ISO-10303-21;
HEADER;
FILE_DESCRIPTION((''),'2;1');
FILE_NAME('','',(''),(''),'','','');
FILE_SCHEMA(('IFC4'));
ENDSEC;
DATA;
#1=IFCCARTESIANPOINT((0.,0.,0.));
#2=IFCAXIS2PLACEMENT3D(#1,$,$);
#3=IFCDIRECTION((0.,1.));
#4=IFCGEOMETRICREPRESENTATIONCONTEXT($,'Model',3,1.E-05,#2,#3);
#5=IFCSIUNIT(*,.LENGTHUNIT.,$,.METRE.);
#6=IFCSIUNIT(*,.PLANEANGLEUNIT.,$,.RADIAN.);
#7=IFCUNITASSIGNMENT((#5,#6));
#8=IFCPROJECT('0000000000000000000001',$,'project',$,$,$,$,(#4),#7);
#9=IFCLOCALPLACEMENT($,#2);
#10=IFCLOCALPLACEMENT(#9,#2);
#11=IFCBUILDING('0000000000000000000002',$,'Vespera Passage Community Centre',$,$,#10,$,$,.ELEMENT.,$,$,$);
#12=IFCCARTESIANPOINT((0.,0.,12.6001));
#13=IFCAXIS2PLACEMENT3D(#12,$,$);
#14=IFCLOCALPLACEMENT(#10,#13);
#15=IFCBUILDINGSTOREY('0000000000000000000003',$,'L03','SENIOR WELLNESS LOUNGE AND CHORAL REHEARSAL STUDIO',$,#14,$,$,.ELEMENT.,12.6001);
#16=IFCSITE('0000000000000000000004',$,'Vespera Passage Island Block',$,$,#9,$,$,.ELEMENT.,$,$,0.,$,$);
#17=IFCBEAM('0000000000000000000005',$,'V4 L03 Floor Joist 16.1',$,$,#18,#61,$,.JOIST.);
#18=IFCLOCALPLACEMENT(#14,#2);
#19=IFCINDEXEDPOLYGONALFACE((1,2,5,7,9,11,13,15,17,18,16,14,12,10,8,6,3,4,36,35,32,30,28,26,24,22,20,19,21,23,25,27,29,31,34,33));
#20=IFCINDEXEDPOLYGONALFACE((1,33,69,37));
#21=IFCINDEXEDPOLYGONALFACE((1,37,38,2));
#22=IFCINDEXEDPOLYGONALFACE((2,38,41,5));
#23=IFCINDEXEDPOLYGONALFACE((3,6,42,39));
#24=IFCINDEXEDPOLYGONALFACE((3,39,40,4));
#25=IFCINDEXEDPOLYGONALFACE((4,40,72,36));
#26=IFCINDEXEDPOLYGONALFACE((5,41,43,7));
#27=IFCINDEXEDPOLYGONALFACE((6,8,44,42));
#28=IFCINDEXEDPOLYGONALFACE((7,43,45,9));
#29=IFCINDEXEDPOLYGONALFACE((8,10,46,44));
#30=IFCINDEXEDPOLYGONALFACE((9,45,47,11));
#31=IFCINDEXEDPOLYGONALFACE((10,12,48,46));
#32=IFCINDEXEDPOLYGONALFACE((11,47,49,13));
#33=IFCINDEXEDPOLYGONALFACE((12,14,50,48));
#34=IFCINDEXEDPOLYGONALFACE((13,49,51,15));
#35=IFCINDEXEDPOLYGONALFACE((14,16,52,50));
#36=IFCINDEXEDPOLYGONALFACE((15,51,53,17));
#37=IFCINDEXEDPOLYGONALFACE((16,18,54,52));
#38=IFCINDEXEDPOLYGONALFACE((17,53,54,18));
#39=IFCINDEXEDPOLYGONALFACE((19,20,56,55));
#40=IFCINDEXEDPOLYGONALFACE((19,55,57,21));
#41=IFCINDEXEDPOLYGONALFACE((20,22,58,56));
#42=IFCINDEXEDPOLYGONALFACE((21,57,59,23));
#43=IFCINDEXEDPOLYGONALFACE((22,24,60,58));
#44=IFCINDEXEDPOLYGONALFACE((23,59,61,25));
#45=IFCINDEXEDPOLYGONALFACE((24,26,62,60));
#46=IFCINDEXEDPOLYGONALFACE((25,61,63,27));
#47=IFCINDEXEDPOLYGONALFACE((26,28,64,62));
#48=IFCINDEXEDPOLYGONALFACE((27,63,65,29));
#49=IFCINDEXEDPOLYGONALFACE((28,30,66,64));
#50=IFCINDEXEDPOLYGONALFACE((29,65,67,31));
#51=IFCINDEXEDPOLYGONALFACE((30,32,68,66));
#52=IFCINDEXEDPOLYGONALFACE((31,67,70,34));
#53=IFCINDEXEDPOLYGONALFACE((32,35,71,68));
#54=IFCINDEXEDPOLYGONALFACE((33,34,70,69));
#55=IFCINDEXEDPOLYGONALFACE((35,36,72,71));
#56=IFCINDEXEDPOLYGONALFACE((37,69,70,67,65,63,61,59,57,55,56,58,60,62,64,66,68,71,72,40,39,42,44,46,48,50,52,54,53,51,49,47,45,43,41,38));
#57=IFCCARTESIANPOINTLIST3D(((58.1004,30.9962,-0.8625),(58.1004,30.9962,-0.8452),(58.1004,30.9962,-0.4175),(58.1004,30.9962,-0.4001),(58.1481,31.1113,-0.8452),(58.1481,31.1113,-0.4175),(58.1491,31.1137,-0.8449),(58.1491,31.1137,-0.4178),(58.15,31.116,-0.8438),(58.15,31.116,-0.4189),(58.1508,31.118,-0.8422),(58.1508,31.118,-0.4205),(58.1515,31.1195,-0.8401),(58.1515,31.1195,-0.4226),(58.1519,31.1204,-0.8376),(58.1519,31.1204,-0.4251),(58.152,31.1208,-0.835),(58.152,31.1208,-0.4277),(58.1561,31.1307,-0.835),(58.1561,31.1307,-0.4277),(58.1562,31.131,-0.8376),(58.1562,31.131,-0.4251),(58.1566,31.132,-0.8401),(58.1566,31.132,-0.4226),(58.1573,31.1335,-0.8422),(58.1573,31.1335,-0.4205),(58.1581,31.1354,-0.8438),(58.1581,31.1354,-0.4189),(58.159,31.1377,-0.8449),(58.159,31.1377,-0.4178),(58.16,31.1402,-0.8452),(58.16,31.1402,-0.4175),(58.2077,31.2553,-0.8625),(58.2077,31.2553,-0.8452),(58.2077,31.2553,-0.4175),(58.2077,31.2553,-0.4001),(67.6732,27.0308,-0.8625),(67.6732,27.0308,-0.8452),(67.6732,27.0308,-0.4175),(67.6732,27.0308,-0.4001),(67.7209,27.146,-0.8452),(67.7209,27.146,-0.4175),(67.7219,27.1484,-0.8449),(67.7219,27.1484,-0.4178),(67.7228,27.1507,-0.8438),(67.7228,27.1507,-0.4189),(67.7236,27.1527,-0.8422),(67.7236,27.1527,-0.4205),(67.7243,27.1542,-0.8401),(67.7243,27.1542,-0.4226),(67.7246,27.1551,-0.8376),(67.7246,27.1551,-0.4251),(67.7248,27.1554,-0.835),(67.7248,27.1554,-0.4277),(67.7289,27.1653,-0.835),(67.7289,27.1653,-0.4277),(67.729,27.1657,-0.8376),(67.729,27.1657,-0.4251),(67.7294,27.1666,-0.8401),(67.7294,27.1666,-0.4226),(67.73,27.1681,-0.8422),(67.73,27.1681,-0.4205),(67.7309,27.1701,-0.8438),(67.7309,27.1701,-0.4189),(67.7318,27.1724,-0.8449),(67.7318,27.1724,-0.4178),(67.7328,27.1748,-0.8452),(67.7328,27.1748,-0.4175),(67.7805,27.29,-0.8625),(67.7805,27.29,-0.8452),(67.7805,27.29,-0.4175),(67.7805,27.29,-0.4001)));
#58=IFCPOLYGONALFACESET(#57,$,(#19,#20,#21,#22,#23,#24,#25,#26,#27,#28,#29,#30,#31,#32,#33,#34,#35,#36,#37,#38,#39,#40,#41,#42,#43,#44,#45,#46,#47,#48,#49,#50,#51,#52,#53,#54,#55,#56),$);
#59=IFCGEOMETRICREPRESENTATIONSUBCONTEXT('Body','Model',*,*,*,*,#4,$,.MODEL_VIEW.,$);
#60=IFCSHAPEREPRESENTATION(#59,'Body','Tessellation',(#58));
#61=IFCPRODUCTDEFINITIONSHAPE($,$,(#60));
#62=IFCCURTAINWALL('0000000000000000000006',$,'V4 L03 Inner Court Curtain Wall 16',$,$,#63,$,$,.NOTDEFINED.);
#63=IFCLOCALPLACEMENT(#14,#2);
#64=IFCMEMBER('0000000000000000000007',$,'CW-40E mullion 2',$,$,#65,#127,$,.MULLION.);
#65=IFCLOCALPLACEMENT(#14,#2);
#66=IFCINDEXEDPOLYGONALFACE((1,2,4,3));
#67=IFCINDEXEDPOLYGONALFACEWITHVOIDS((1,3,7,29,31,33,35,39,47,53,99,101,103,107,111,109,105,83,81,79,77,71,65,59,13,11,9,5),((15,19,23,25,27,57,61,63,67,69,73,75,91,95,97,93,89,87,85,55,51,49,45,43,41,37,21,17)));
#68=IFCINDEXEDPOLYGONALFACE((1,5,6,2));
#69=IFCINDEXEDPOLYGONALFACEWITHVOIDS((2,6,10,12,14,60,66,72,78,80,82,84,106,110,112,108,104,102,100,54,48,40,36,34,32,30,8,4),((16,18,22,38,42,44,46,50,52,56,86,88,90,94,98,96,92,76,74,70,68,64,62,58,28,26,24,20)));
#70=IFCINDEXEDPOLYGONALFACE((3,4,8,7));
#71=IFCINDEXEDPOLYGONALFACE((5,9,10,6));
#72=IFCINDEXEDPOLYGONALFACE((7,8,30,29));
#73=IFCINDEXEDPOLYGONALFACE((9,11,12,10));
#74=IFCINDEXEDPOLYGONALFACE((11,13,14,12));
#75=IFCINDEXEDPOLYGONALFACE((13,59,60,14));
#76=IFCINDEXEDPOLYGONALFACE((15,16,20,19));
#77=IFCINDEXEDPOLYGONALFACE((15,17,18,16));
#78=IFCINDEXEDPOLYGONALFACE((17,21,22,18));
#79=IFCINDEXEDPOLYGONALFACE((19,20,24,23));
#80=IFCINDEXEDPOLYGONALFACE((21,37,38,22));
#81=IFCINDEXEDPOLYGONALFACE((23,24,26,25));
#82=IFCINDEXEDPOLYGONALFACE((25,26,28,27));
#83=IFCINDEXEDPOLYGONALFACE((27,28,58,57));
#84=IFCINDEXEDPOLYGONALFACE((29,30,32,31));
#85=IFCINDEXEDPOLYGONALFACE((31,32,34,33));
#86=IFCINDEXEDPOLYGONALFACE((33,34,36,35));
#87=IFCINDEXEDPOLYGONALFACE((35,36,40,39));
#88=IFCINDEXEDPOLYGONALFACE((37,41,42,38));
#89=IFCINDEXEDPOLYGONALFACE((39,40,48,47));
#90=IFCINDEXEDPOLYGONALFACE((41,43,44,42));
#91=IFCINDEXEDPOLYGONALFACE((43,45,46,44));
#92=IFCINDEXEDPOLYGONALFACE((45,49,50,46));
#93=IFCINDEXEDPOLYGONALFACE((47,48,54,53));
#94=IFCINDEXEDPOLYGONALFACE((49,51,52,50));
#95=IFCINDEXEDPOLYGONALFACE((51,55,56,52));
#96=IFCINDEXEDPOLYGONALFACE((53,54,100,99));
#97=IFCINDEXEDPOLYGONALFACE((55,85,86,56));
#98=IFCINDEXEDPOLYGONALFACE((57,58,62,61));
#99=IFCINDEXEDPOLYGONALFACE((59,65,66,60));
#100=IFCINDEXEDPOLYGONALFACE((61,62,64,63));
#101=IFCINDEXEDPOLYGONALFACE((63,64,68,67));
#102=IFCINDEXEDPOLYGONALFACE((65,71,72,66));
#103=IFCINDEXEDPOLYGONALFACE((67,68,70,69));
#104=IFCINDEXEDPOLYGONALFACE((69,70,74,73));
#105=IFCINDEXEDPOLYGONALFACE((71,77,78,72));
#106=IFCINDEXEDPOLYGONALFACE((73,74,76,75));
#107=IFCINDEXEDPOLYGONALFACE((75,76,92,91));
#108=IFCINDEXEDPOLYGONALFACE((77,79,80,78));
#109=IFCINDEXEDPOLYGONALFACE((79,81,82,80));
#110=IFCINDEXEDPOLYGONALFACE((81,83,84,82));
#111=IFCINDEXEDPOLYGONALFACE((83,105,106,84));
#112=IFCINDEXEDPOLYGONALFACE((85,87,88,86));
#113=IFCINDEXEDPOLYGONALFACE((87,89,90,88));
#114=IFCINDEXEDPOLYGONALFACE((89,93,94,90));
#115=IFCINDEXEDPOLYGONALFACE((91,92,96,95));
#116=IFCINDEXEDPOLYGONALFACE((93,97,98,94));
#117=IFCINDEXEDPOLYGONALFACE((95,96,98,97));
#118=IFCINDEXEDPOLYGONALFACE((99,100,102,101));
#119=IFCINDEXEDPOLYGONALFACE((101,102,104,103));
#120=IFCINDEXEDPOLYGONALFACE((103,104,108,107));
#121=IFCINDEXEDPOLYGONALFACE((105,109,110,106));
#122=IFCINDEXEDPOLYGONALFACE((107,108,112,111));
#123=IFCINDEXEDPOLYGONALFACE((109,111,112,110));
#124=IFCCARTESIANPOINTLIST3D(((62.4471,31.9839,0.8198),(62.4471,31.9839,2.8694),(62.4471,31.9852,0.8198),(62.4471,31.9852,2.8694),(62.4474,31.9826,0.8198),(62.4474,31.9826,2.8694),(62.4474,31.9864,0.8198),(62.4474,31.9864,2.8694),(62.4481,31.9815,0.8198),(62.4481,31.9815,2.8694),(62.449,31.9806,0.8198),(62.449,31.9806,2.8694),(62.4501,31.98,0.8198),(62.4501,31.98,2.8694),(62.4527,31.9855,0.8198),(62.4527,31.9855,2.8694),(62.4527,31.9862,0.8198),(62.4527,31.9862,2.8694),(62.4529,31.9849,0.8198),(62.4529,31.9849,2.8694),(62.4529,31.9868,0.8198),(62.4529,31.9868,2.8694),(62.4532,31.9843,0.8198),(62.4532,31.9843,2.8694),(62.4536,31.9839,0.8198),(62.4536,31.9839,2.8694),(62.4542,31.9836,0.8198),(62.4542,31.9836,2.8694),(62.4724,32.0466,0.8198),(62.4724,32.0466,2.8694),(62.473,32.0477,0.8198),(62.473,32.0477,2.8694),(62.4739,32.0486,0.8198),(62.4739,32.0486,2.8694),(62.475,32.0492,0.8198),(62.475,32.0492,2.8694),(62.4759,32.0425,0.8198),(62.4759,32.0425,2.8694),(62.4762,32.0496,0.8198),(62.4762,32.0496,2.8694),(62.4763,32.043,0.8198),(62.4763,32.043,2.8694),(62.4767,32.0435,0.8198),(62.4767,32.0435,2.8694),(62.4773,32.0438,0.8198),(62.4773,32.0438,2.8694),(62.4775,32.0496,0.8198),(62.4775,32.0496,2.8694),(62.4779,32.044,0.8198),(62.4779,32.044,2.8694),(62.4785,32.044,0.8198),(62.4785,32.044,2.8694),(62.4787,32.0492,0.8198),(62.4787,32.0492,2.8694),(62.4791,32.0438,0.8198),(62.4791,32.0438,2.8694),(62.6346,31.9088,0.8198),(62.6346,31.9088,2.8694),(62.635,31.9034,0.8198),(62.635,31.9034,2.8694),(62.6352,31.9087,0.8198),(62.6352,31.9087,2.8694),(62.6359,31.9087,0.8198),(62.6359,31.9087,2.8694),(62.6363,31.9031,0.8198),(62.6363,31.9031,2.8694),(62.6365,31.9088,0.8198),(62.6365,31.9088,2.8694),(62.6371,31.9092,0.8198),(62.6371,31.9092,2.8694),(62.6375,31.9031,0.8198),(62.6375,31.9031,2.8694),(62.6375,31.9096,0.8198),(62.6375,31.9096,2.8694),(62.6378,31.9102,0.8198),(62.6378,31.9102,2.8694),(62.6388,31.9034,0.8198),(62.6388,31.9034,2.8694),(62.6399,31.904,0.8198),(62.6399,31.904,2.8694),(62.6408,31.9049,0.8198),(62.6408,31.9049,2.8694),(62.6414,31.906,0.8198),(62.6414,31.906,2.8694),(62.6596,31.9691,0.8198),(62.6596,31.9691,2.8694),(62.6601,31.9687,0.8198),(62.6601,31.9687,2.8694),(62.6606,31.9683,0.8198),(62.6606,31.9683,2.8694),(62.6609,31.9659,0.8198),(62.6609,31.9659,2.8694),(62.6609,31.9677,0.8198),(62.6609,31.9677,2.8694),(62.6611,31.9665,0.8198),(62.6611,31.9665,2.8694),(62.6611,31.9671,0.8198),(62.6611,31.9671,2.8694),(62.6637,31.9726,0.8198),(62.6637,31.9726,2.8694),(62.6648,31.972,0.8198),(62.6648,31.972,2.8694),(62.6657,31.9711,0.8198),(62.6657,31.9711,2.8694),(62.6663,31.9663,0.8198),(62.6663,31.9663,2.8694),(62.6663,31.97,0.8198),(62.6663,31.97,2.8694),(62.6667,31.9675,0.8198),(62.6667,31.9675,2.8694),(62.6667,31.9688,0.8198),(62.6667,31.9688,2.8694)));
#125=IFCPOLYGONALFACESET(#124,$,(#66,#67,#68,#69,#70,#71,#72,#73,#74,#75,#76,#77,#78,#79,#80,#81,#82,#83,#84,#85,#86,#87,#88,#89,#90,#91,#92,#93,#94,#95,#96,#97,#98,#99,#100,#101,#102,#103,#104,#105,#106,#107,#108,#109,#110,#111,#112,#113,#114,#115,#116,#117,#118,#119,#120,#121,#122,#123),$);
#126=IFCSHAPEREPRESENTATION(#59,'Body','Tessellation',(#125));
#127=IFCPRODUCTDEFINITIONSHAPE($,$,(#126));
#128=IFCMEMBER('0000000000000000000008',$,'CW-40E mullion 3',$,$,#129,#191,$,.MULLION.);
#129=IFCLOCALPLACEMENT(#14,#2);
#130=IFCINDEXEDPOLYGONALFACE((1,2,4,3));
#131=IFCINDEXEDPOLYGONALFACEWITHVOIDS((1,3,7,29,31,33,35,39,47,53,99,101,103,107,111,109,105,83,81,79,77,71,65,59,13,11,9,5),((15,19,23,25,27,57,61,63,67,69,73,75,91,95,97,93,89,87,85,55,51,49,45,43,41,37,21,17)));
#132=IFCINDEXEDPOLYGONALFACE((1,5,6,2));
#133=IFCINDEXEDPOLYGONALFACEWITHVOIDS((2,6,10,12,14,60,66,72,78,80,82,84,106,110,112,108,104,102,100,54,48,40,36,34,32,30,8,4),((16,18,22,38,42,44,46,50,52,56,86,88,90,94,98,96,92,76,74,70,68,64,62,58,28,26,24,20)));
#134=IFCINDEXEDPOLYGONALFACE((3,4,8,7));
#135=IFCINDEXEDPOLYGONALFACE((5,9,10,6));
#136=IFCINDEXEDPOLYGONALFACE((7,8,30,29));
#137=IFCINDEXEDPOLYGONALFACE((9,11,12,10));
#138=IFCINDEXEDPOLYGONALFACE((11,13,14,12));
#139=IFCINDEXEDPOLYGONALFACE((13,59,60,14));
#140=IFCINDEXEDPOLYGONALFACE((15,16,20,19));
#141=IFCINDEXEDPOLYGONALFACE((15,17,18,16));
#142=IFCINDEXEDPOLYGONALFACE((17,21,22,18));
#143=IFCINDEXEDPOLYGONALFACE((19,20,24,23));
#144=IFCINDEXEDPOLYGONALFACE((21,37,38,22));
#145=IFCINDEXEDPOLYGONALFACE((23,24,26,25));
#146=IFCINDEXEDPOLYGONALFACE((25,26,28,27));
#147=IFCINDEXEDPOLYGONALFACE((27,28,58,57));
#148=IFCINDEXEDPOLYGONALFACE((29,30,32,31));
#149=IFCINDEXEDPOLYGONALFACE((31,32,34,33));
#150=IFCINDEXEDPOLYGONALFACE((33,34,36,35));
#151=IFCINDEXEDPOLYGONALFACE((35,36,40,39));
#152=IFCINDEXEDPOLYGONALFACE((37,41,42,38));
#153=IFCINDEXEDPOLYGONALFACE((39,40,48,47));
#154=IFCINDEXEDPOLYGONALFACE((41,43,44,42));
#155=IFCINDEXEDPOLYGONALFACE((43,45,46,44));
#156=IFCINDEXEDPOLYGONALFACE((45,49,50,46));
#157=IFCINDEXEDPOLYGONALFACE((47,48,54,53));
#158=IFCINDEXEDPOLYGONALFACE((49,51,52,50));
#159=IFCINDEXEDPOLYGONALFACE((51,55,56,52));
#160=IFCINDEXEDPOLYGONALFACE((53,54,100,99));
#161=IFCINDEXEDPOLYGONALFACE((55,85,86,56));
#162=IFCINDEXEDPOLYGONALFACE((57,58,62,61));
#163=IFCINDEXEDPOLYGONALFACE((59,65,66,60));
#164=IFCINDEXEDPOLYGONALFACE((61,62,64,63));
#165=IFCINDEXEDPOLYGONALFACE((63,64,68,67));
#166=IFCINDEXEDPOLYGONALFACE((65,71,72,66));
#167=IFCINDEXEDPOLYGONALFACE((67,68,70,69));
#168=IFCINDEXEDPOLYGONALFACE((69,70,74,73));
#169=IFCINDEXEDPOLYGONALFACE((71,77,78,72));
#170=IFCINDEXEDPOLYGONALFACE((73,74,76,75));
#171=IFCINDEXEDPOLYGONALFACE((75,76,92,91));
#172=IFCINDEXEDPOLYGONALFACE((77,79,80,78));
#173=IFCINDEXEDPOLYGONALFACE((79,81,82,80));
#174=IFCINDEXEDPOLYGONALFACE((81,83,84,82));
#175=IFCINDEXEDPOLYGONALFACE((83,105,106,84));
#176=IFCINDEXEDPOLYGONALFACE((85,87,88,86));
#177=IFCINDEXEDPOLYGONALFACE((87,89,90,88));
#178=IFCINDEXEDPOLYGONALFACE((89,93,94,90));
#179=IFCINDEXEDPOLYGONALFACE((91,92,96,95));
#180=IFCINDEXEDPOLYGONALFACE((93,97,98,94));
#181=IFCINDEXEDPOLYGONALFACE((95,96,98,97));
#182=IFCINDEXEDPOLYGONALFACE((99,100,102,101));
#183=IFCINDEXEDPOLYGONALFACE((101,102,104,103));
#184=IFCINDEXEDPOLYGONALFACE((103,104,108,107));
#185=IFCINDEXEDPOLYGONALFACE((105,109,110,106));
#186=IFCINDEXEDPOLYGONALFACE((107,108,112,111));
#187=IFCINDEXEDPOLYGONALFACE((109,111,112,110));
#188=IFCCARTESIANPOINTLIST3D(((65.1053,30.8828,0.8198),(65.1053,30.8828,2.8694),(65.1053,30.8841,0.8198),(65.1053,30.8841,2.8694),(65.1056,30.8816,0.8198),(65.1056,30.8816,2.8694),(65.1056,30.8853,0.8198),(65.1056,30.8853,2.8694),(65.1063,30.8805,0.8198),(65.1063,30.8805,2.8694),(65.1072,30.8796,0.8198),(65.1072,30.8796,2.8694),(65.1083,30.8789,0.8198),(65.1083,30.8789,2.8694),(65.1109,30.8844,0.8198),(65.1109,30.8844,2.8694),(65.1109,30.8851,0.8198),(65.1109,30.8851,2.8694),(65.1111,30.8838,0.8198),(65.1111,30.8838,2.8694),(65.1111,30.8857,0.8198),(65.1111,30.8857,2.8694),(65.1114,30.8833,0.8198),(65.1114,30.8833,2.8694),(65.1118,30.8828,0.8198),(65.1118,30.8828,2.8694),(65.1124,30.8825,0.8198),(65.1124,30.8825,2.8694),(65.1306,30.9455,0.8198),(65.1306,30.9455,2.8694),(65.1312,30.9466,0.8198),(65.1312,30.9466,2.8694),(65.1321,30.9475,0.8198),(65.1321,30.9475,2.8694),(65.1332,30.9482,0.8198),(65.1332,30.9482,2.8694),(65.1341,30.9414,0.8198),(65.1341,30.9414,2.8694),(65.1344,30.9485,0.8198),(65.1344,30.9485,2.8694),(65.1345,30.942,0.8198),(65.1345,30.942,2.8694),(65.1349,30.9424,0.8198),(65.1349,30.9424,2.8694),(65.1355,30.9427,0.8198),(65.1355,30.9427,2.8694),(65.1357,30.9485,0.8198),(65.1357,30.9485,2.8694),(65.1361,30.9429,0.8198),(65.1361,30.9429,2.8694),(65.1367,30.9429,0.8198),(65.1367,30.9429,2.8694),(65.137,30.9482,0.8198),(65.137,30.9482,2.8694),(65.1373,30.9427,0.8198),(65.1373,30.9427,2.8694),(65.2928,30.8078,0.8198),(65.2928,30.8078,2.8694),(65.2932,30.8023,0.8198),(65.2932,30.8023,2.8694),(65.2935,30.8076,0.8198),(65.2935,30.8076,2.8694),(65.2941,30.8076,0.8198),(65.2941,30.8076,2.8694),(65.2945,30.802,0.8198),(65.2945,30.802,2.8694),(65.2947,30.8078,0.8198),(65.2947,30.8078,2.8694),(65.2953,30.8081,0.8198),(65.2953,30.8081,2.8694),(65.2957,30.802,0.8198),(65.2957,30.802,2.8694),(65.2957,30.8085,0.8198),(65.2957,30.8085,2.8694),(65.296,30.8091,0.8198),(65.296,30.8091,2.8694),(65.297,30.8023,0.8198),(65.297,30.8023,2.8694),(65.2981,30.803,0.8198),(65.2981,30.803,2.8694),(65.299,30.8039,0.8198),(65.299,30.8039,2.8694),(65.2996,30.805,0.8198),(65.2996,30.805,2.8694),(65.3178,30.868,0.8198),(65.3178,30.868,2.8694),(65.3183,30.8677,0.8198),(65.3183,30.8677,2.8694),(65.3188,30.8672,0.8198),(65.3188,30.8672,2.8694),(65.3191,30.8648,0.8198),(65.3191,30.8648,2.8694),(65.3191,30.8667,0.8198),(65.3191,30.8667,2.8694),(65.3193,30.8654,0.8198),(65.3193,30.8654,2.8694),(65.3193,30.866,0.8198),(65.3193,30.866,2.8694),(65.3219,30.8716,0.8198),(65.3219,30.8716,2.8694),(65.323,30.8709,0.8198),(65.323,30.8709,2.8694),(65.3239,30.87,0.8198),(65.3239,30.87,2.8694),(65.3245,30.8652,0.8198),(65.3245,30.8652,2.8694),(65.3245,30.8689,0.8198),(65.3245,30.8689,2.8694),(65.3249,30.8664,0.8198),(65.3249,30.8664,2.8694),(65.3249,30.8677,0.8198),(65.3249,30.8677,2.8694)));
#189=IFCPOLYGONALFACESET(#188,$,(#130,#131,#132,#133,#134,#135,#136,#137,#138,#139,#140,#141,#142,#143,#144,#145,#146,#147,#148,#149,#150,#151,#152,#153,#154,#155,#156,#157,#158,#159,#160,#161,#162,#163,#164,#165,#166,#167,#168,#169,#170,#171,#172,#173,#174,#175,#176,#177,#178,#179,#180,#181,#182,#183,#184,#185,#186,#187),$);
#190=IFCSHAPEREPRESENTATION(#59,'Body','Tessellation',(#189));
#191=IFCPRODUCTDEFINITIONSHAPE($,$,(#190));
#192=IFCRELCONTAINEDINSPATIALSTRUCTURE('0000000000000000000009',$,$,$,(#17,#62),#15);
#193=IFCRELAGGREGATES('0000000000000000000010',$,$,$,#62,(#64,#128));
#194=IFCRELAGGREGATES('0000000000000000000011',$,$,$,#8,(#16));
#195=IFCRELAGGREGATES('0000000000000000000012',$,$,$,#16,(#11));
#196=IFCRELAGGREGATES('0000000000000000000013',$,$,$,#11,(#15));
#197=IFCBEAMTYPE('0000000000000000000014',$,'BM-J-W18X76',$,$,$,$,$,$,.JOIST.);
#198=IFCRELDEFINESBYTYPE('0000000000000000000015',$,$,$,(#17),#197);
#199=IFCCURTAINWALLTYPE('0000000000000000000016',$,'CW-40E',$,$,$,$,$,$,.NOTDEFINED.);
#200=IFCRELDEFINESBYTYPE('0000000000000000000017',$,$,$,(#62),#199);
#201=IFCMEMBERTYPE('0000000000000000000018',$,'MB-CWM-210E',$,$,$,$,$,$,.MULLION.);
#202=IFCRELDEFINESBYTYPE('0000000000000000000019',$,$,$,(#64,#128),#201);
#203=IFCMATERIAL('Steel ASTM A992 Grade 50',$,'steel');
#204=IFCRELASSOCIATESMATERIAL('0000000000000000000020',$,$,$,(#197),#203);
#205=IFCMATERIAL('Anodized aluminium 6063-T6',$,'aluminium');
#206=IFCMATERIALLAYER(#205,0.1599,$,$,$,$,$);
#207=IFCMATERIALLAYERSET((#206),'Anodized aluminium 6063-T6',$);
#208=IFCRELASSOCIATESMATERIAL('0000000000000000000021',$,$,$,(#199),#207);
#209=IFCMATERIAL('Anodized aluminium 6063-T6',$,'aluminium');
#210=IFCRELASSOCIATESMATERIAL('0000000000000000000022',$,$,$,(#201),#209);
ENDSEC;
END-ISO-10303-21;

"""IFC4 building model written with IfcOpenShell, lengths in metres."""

from ifc_helpers import new_model, si_unit, direction, frame, origin, origin_2d, place, context, subcontext, project, spatial, hollow_rectangle, i_section, extrude, material, layer, layer_set, material_profile, profile_set, type_object, element, aggregate, save


model = new_model("IFC4")

# Units and contexts
model_context = context("Model", 3, precision=1e-05, world=origin(), true_north=direction((0.0, 1.0)))
body_context = subcontext(model_context, "Body", "Model", "MODEL_VIEW")
ifc_project = project(units=[si_unit("LENGTHUNIT", "METRE"), si_unit("PLANEANGLEUNIT", "RADIAN")], contexts=[model_context])

# Site, building, storey
site_placement = place(None, origin())
site = spatial("IfcSite", under=ifc_project, at=site_placement, Name="Vespera Passage Island Block", CompositionType="ELEMENT", RefElevation=0.0)
building_placement = place(site_placement, origin())
building = spatial("IfcBuilding", under=site, at=building_placement, Name="Vespera Passage Community Centre", CompositionType="ELEMENT")
storey_placement = place(building_placement, frame((0.0, 0.0, 12.6001)))
storey = spatial("IfcBuildingStorey", under=building, at=storey_placement, Name="L03", Description="SENIOR WELLNESS LOUNGE AND CHORAL REHEARSAL STUDIO", CompositionType="ELEMENT", Elevation=12.6001)

# Beam
ifc_material_1 = material(Name="Steel ASTM A992 Grade 50", Category="steel")
ifc_material_profile_1 = material_profile(ifc_material_1, i_section(OverallWidth=0.2805, OverallDepth=0.4624, WebThickness=0.0107, FlangeThickness=0.0173, FilletRadius=0.0103, at=origin_2d()), Name="W18X76")
ifc_profile_set_1 = profile_set([ifc_material_profile_1], Name="Steel ASTM A992 Grade 50")
beam_type = type_object("IfcBeamType", Name="BM-J-W18X76", PredefinedType="JOIST", material=ifc_profile_set_1)
beam_placement = place(storey_placement, frame((58.1541, 31.1257, -0.6313), z_axis=(0.923874, -0.382697, 0.0), x_axis=(0.382697, 0.923874, 0.0)))
element("IfcBeam", 1, at=beam_placement, inside=storey, type_object=beam_type, Name="V4 L03 Floor Joist 16.1", PredefinedType="JOIST", context=body_context, shape_type="SweptSolid", body=[
    extrude(i_section(OverallWidth=0.2805, OverallDepth=0.4624, WebThickness=0.0107, FlangeThickness=0.0173, FilletRadius=0.0103, at=origin_2d()), origin(), (0.0, 0.0, 1.0), 10.3616),
])

# Curtain wall, members
ifc_material_2 = material(Name="Anodized aluminium 6063-T6", Category="aluminium")
ifc_layer_1 = layer(ifc_material_2, 0.1599)
ifc_layer_set_1 = layer_set([ifc_layer_1], Name="Anodized aluminium 6063-T6")
curtain_wall_type = type_object("IfcCurtainWallType", Name="CW-40E", PredefinedType="NOTDEFINED", material=ifc_layer_set_1)
curtain_wall_1_placement = place(storey_placement, origin())
curtain_wall_1 = element("IfcCurtainWall", 2, at=curtain_wall_1_placement, inside=storey, type_object=curtain_wall_type, Name="V4 L03 Inner Court Curtain Wall 16", PredefinedType="NOTDEFINED")
ifc_material_3 = material(Name="Anodized aluminium 6063-T6", Category="aluminium")
ifc_material_profile_2 = material_profile(ifc_material_3, hollow_rectangle(XDim=0.075, YDim=0.21, WallThickness=0.0049, InnerFilletRadius=0.0024, OuterFilletRadius=0.0049, at=origin_2d()), Name="ALU210X75X5")
ifc_profile_set_2 = profile_set([ifc_material_profile_2], Name="Anodized aluminium 6063-T6")
member_type_1 = type_object("IfcMemberType", Name="MB-CWM-210E", PredefinedType="MULLION", material=ifc_profile_set_2)
member_1_placement = place(storey_placement, frame((62.5569, 31.9763, 0.8198), z_axis=(0.0, 0.0, 1.0), x_axis=(0.38269, 0.923877, 0.0)))
member_1 = element("IfcMember", 3, at=member_1_placement, type_object=member_type_1, Name="CW-40E mullion 2", PredefinedType="MULLION", context=body_context, shape_type="SweptSolid", body=[
    extrude(hollow_rectangle(XDim=0.075, YDim=0.21, WallThickness=0.0049, InnerFilletRadius=0.0024, OuterFilletRadius=0.0049, at=origin_2d()), origin(), (0.0, 0.0, 1.0), 2.0496),
])
member_2_placement = place(storey_placement, frame((65.2151, 30.8752, 0.8198), z_axis=(0.0, 0.0, 1.0), x_axis=(0.38269, 0.923877, 0.0)))
member_2 = element("IfcMember", 4, at=member_2_placement, type_object=member_type_1, Name="CW-40E mullion 3", PredefinedType="MULLION", context=body_context, shape_type="SweptSolid", body=[
    extrude(hollow_rectangle(XDim=0.075, YDim=0.21, WallThickness=0.0049, InnerFilletRadius=0.0024, OuterFilletRadius=0.0049, at=origin_2d()), origin(), (0.0, 0.0, 1.0), 2.0496),
])

aggregate(curtain_wall_1, [member_1, member_2])

save(model, "model.ifc")
